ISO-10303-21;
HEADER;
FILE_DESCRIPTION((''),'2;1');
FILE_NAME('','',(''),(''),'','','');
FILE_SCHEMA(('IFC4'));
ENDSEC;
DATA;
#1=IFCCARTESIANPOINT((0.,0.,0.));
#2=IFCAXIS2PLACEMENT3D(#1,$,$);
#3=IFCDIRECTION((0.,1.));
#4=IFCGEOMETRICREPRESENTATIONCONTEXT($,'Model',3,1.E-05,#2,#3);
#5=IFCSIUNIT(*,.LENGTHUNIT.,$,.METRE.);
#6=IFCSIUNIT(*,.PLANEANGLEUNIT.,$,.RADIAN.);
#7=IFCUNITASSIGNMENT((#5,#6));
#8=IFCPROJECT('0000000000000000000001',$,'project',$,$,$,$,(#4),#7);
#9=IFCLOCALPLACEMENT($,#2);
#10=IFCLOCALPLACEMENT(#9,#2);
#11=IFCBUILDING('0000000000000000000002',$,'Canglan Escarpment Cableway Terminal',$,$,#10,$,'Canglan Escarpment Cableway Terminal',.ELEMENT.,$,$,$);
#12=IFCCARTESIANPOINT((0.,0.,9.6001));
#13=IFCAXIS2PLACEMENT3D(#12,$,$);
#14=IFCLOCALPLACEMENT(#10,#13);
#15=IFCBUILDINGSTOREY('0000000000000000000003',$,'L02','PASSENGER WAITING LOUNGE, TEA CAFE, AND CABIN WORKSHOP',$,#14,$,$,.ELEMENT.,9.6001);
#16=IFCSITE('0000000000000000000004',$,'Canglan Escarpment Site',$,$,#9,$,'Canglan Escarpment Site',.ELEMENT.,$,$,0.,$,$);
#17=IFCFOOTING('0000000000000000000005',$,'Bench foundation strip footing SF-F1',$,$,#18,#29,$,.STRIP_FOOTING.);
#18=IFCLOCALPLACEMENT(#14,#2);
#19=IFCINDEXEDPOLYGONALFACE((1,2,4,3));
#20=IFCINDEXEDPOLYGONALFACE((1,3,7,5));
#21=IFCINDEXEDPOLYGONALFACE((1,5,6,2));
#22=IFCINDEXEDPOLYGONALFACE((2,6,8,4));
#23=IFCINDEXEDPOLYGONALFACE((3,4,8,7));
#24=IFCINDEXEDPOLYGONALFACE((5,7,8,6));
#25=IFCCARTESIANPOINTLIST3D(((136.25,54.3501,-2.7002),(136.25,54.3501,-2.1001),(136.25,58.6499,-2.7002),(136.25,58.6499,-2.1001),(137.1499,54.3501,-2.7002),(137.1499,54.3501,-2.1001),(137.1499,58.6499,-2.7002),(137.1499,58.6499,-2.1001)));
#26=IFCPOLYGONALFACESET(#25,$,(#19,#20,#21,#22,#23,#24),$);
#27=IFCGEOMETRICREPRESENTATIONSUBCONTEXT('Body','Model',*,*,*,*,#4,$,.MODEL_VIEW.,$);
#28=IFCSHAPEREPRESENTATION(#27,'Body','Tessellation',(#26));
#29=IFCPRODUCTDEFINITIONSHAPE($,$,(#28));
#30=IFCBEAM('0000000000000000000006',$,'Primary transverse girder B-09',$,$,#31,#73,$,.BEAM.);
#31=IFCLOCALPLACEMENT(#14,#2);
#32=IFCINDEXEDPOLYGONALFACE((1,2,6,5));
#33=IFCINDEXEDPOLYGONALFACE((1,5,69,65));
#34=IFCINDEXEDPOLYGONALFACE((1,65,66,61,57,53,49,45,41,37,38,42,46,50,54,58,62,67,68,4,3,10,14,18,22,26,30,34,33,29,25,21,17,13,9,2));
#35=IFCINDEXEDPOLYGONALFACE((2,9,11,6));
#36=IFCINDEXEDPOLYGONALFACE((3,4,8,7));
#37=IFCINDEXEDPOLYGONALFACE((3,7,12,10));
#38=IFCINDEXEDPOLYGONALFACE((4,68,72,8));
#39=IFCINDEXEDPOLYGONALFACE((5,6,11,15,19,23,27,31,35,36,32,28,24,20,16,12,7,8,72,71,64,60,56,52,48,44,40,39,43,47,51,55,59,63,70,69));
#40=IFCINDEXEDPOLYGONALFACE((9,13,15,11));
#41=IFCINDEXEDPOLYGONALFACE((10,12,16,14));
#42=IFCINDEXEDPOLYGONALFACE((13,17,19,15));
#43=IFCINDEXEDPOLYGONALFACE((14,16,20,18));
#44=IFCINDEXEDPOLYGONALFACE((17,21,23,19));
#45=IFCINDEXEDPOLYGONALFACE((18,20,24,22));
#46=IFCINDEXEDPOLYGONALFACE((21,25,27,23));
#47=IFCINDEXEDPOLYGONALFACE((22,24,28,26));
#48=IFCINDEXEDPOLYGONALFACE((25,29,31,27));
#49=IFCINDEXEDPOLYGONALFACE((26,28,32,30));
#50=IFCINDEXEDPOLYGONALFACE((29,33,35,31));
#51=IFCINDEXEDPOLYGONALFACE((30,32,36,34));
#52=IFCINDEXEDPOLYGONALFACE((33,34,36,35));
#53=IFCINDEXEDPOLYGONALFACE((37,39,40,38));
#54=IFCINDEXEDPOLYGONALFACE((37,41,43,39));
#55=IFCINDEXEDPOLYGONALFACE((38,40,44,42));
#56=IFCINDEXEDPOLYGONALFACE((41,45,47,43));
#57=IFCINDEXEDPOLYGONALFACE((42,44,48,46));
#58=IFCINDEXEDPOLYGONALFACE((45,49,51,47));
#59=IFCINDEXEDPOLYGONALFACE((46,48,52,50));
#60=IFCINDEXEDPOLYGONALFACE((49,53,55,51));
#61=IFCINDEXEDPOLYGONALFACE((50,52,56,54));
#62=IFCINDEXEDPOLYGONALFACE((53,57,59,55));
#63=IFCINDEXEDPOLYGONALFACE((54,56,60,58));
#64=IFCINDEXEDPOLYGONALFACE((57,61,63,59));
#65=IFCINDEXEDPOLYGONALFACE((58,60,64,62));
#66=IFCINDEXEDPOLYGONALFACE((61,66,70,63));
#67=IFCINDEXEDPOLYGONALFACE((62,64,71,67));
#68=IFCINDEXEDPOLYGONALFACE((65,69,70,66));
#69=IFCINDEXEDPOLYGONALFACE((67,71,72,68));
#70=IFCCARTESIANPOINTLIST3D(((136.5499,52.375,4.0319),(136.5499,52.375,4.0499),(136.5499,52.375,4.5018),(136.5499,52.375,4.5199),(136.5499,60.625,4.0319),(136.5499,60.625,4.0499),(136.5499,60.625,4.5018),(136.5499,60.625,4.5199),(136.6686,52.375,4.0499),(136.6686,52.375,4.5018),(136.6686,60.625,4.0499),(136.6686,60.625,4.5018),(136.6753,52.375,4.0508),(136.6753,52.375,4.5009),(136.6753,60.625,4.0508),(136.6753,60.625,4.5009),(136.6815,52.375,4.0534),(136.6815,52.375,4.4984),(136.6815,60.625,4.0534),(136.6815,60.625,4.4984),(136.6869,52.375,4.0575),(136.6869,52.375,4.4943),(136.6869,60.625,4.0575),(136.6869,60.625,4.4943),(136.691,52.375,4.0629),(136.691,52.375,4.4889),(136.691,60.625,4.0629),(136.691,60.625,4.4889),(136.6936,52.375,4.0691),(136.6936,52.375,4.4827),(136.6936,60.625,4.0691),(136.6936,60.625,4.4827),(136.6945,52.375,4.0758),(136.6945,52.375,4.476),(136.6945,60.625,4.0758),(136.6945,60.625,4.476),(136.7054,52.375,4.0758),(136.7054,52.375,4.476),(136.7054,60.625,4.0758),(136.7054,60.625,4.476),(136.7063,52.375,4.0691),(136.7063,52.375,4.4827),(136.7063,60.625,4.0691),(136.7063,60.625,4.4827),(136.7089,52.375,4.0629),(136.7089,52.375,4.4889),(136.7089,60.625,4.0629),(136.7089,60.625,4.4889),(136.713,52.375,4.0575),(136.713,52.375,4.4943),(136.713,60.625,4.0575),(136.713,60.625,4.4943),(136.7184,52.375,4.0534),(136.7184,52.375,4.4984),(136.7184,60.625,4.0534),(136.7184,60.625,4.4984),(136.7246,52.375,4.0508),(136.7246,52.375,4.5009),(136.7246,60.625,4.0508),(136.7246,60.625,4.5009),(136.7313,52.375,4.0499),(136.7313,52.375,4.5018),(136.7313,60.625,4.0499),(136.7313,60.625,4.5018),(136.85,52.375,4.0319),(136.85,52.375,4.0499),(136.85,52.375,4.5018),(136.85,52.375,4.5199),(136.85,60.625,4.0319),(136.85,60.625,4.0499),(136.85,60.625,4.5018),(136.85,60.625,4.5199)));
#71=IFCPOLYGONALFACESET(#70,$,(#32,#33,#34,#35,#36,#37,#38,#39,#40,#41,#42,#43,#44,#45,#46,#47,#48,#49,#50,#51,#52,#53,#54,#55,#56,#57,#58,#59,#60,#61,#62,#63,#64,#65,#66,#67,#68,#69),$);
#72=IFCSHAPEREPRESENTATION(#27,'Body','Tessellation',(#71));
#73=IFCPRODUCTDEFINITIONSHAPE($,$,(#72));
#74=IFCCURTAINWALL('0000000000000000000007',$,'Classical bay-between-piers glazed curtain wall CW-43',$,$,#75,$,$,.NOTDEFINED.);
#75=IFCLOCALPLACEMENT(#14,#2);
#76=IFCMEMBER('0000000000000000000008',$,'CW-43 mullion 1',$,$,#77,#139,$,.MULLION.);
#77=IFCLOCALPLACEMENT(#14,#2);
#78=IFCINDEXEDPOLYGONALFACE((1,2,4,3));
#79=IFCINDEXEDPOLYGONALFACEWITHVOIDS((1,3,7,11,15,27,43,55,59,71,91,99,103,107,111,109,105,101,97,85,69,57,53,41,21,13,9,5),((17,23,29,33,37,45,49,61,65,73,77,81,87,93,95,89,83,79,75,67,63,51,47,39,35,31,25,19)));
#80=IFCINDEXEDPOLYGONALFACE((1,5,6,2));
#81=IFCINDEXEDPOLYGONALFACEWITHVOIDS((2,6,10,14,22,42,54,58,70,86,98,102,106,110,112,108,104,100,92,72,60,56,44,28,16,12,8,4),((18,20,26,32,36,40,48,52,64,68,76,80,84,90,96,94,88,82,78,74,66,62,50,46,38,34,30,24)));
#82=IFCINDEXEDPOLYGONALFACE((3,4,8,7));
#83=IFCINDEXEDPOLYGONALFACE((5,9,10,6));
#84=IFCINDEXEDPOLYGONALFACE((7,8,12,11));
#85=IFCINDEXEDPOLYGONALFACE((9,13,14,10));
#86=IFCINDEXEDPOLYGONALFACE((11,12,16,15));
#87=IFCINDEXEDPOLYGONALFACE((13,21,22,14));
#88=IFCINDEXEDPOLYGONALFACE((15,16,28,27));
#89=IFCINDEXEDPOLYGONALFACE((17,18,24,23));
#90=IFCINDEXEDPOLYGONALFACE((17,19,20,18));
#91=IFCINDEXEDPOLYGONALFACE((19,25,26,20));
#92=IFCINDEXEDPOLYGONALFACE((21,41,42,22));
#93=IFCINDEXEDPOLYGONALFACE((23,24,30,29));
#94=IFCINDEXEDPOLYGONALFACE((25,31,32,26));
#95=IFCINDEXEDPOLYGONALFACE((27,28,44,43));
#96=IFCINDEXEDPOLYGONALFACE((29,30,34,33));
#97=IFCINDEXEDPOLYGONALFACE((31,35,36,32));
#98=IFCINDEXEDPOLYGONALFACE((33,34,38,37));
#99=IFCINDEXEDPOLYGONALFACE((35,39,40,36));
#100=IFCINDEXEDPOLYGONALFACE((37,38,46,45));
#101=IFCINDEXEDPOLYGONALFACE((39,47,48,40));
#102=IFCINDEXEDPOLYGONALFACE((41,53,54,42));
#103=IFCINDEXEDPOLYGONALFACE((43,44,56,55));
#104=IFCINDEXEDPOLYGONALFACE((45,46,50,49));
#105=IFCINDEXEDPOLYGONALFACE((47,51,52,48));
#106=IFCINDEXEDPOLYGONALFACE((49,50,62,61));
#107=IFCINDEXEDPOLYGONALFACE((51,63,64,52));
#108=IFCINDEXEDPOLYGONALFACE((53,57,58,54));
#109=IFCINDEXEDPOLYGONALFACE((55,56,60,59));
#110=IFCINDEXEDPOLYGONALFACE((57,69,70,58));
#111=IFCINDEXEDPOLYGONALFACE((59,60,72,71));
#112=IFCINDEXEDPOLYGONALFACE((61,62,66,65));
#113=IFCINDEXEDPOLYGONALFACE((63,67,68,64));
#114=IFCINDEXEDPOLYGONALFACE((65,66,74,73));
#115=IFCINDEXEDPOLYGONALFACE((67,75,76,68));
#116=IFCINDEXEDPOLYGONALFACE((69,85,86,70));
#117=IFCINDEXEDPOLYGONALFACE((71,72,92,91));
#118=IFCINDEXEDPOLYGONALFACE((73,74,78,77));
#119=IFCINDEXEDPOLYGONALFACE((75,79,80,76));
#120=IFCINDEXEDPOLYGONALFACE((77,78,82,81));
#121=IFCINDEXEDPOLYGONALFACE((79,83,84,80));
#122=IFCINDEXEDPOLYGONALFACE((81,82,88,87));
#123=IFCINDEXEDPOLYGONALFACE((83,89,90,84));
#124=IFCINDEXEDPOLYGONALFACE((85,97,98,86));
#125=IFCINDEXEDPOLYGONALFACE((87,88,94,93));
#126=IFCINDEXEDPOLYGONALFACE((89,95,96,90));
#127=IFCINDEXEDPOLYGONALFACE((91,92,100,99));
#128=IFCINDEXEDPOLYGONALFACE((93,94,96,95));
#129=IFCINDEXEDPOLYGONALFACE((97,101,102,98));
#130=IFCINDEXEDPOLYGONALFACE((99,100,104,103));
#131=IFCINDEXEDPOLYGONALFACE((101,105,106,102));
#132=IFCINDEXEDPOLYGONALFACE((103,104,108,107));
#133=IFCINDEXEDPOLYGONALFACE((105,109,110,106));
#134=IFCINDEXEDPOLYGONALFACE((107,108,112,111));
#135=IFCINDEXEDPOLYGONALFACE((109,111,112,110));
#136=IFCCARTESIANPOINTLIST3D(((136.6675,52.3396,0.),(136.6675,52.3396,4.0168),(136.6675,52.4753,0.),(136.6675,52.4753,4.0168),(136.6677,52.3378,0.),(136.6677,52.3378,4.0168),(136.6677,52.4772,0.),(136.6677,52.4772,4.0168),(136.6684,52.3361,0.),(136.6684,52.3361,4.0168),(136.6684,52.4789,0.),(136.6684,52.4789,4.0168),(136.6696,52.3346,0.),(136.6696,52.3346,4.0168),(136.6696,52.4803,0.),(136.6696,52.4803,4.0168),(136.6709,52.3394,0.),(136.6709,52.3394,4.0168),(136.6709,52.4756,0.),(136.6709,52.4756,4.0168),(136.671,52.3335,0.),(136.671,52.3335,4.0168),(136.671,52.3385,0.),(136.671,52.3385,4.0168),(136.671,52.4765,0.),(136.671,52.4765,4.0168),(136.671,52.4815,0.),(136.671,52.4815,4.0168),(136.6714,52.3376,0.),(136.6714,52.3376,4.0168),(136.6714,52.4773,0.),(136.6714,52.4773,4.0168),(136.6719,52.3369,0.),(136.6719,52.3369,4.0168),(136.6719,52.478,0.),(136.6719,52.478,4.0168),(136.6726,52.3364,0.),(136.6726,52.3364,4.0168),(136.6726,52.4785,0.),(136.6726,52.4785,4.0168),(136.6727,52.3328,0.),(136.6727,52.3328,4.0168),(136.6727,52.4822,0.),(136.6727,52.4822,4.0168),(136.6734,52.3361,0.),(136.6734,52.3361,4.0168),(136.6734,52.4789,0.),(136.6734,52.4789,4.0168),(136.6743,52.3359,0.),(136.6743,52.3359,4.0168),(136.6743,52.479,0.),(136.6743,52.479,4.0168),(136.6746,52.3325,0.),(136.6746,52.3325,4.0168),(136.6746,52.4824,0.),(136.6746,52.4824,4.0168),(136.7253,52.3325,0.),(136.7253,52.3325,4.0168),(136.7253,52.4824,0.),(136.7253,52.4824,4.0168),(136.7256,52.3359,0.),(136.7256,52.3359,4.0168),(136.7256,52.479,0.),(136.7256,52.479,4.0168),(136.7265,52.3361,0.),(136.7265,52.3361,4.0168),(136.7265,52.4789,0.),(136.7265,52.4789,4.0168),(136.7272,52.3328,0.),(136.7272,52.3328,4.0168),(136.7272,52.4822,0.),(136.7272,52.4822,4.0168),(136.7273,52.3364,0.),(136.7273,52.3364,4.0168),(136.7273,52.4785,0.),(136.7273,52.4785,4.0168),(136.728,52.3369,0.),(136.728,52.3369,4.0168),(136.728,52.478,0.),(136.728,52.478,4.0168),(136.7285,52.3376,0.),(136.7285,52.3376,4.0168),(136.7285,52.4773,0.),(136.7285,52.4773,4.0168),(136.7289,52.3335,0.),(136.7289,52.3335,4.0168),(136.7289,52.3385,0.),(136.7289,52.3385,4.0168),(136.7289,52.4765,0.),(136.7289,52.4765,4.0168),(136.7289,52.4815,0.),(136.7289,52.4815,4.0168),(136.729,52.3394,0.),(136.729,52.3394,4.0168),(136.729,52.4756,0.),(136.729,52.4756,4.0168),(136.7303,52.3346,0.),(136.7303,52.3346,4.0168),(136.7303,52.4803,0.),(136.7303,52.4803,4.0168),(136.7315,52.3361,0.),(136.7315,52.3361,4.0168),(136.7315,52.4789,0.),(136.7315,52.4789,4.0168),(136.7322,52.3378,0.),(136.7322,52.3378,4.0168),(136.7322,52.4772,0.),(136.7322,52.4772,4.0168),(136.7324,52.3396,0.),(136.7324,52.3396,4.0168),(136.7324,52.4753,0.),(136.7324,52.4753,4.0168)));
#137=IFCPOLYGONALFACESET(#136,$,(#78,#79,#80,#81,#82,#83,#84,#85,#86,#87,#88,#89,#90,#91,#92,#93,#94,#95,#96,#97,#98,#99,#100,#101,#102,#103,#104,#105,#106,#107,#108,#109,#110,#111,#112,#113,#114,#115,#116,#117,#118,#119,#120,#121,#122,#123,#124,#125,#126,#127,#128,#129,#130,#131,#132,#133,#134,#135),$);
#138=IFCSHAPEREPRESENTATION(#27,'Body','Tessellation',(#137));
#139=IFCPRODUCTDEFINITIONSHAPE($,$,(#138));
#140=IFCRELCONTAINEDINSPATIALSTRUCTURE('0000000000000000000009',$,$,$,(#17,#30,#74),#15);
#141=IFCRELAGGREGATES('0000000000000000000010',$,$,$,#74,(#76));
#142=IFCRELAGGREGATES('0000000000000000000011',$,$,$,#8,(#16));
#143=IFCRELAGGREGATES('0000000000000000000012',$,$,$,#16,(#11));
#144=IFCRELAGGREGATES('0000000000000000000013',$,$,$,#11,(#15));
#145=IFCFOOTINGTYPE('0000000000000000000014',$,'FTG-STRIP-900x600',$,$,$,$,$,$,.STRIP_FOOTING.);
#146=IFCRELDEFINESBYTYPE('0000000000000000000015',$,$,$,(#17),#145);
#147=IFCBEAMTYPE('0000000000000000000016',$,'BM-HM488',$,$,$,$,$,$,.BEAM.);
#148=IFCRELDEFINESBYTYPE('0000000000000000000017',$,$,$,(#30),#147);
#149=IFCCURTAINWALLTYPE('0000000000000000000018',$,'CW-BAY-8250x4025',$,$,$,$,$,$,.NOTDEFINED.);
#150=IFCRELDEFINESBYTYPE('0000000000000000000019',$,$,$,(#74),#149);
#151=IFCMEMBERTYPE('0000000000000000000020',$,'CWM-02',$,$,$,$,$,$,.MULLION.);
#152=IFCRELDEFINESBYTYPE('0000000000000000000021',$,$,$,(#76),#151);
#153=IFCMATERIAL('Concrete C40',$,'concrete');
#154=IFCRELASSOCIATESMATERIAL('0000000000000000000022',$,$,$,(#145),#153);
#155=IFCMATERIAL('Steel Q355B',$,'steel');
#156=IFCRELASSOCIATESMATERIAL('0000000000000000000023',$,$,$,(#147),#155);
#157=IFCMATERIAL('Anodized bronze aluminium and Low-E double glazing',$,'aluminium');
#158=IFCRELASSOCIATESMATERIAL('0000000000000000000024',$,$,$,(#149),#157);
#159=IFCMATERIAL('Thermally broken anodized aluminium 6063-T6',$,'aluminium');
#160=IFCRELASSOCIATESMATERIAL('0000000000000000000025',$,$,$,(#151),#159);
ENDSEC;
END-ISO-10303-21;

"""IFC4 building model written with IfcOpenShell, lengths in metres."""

from ifc_helpers import new_model, si_unit, direction, frame, origin, origin_2d, place, context, subcontext, project, spatial, rectangle, hollow_rectangle, i_section, extrude, material, material_profile, profile_set, type_object, element, aggregate, save


model = new_model("IFC4")

# Units and contexts
model_context = context("Model", 3, precision=1e-05, world=origin(), true_north=direction((0.0, 1.0)))
body_context = subcontext(model_context, "Body", "Model", "MODEL_VIEW")
ifc_project = project(units=[si_unit("LENGTHUNIT", "METRE"), si_unit("PLANEANGLEUNIT", "RADIAN")], contexts=[model_context])

# Site, building, storey
site_placement = place(None, origin())
site = spatial("IfcSite", under=ifc_project, at=site_placement, Name="Canglan Escarpment Site", LongName="Canglan Escarpment Site", CompositionType="ELEMENT", RefElevation=0.0)
building_placement = place(site_placement, origin())
building = spatial("IfcBuilding", under=site, at=building_placement, Name="Canglan Escarpment Cableway Terminal", LongName="Canglan Escarpment Cableway Terminal", CompositionType="ELEMENT")
storey_placement = place(building_placement, frame((0.0, 0.0, 9.6001)))
storey = spatial("IfcBuildingStorey", under=building, at=storey_placement, Name="L02", Description="PASSENGER WAITING LOUNGE, TEA CAFE, AND CABIN WORKSHOP", CompositionType="ELEMENT", Elevation=9.6001)

# Footing
ifc_material_1 = material(Name="Concrete C40", Category="concrete")
ifc_material_profile_1 = material_profile(ifc_material_1, rectangle(XDim=0.8999, YDim=0.6001, at=origin_2d()), Name="SF 900x600")
ifc_profile_set_1 = profile_set([ifc_material_profile_1], Name="Concrete C40")
footing_type = type_object("IfcFootingType", Name="FTG-STRIP-900x600", PredefinedType="STRIP_FOOTING", material=ifc_profile_set_1)
footing_placement = place(storey_placement, frame((136.7, 54.3501, -2.4001), z_axis=(0.0, 1.0, 0.0), x_axis=(-1.0, 0.0, 0.0)))
element("IfcFooting", 1, at=footing_placement, inside=storey, type_object=footing_type, Name="Bench foundation strip footing SF-F1", PredefinedType="STRIP_FOOTING", context=body_context, shape_type="SweptSolid", body=[
    extrude(rectangle(XDim=0.8999, YDim=0.6001, at=origin_2d()), origin(), (0.0, 0.0, 1.0), 4.2998),
])

# Beam
ifc_material_2 = material(Name="Steel Q355B", Category="steel")
ifc_material_profile_2 = material_profile(ifc_material_2, i_section(OverallWidth=0.3, OverallDepth=0.488, WebThickness=0.011, FlangeThickness=0.0181, FilletRadius=0.0259, at=origin_2d()), Name="HM 488x300x11x18")
ifc_profile_set_2 = profile_set([ifc_material_profile_2], Name="Steel Q355B")
beam_type = type_object("IfcBeamType", Name="BM-HM488", PredefinedType="BEAM", material=ifc_profile_set_2)
beam_placement = place(storey_placement, frame((136.7, 52.375, 4.2759), z_axis=(0.0, 1.0, 0.0), x_axis=(-1.0, 0.0, 0.0)))
element("IfcBeam", 2, at=beam_placement, inside=storey, type_object=beam_type, Name="Primary transverse girder B-09", PredefinedType="BEAM", context=body_context, shape_type="SweptSolid", body=[
    extrude(i_section(OverallWidth=0.3, OverallDepth=0.488, WebThickness=0.011, FlangeThickness=0.0181, FilletRadius=0.0259, at=origin_2d()), origin(), (0.0, 0.0, 1.0), 8.25),
])

# Curtain wall, member
ifc_material_3 = material(Name="Anodized bronze aluminium and Low-E double glazing", Category="aluminium")
curtain_wall_type = type_object("IfcCurtainWallType", Name="CW-BAY-8250x4025", PredefinedType="NOTDEFINED", material=ifc_material_3)
curtain_wall_placement = place(storey_placement, origin())
curtain_wall = element("IfcCurtainWall", 3, at=curtain_wall_placement, inside=storey, type_object=curtain_wall_type, Name="Classical bay-between-piers glazed curtain wall CW-43", PredefinedType="NOTDEFINED")
ifc_material_4 = material(Name="Thermally broken anodized aluminium 6063-T6", Category="aluminium")
ifc_material_profile_3 = material_profile(ifc_material_4, hollow_rectangle(XDim=0.0649, YDim=0.1499, WallThickness=0.0034, InnerFilletRadius=0.0034, OuterFilletRadius=0.0071, at=origin_2d()), Name="ALU-MULL 65x150x3.5")
ifc_profile_set_3 = profile_set([ifc_material_profile_3], Name="Thermally broken anodized aluminium 6063-T6")
member_type_1 = type_object("IfcMemberType", Name="CWM-02", PredefinedType="MULLION", material=ifc_profile_set_3)
member_1_placement = place(storey_placement, frame((136.7, 52.4075, 0.0), z_axis=(0.0, 0.0, 1.0), x_axis=(-1.0, 0.0, 0.0)))
member_1 = element("IfcMember", 4, at=member_1_placement, type_object=member_type_1, Name="CW-43 mullion 1", PredefinedType="MULLION", context=body_context, shape_type="SweptSolid", body=[
    extrude(hollow_rectangle(XDim=0.0649, YDim=0.1499, WallThickness=0.0034, InnerFilletRadius=0.0034, OuterFilletRadius=0.0071, at=origin_2d()), origin(), (0.0, 0.0, 1.0), 4.0168),
])
aggregate(curtain_wall, [member_1])

save(model, "model.ifc")
